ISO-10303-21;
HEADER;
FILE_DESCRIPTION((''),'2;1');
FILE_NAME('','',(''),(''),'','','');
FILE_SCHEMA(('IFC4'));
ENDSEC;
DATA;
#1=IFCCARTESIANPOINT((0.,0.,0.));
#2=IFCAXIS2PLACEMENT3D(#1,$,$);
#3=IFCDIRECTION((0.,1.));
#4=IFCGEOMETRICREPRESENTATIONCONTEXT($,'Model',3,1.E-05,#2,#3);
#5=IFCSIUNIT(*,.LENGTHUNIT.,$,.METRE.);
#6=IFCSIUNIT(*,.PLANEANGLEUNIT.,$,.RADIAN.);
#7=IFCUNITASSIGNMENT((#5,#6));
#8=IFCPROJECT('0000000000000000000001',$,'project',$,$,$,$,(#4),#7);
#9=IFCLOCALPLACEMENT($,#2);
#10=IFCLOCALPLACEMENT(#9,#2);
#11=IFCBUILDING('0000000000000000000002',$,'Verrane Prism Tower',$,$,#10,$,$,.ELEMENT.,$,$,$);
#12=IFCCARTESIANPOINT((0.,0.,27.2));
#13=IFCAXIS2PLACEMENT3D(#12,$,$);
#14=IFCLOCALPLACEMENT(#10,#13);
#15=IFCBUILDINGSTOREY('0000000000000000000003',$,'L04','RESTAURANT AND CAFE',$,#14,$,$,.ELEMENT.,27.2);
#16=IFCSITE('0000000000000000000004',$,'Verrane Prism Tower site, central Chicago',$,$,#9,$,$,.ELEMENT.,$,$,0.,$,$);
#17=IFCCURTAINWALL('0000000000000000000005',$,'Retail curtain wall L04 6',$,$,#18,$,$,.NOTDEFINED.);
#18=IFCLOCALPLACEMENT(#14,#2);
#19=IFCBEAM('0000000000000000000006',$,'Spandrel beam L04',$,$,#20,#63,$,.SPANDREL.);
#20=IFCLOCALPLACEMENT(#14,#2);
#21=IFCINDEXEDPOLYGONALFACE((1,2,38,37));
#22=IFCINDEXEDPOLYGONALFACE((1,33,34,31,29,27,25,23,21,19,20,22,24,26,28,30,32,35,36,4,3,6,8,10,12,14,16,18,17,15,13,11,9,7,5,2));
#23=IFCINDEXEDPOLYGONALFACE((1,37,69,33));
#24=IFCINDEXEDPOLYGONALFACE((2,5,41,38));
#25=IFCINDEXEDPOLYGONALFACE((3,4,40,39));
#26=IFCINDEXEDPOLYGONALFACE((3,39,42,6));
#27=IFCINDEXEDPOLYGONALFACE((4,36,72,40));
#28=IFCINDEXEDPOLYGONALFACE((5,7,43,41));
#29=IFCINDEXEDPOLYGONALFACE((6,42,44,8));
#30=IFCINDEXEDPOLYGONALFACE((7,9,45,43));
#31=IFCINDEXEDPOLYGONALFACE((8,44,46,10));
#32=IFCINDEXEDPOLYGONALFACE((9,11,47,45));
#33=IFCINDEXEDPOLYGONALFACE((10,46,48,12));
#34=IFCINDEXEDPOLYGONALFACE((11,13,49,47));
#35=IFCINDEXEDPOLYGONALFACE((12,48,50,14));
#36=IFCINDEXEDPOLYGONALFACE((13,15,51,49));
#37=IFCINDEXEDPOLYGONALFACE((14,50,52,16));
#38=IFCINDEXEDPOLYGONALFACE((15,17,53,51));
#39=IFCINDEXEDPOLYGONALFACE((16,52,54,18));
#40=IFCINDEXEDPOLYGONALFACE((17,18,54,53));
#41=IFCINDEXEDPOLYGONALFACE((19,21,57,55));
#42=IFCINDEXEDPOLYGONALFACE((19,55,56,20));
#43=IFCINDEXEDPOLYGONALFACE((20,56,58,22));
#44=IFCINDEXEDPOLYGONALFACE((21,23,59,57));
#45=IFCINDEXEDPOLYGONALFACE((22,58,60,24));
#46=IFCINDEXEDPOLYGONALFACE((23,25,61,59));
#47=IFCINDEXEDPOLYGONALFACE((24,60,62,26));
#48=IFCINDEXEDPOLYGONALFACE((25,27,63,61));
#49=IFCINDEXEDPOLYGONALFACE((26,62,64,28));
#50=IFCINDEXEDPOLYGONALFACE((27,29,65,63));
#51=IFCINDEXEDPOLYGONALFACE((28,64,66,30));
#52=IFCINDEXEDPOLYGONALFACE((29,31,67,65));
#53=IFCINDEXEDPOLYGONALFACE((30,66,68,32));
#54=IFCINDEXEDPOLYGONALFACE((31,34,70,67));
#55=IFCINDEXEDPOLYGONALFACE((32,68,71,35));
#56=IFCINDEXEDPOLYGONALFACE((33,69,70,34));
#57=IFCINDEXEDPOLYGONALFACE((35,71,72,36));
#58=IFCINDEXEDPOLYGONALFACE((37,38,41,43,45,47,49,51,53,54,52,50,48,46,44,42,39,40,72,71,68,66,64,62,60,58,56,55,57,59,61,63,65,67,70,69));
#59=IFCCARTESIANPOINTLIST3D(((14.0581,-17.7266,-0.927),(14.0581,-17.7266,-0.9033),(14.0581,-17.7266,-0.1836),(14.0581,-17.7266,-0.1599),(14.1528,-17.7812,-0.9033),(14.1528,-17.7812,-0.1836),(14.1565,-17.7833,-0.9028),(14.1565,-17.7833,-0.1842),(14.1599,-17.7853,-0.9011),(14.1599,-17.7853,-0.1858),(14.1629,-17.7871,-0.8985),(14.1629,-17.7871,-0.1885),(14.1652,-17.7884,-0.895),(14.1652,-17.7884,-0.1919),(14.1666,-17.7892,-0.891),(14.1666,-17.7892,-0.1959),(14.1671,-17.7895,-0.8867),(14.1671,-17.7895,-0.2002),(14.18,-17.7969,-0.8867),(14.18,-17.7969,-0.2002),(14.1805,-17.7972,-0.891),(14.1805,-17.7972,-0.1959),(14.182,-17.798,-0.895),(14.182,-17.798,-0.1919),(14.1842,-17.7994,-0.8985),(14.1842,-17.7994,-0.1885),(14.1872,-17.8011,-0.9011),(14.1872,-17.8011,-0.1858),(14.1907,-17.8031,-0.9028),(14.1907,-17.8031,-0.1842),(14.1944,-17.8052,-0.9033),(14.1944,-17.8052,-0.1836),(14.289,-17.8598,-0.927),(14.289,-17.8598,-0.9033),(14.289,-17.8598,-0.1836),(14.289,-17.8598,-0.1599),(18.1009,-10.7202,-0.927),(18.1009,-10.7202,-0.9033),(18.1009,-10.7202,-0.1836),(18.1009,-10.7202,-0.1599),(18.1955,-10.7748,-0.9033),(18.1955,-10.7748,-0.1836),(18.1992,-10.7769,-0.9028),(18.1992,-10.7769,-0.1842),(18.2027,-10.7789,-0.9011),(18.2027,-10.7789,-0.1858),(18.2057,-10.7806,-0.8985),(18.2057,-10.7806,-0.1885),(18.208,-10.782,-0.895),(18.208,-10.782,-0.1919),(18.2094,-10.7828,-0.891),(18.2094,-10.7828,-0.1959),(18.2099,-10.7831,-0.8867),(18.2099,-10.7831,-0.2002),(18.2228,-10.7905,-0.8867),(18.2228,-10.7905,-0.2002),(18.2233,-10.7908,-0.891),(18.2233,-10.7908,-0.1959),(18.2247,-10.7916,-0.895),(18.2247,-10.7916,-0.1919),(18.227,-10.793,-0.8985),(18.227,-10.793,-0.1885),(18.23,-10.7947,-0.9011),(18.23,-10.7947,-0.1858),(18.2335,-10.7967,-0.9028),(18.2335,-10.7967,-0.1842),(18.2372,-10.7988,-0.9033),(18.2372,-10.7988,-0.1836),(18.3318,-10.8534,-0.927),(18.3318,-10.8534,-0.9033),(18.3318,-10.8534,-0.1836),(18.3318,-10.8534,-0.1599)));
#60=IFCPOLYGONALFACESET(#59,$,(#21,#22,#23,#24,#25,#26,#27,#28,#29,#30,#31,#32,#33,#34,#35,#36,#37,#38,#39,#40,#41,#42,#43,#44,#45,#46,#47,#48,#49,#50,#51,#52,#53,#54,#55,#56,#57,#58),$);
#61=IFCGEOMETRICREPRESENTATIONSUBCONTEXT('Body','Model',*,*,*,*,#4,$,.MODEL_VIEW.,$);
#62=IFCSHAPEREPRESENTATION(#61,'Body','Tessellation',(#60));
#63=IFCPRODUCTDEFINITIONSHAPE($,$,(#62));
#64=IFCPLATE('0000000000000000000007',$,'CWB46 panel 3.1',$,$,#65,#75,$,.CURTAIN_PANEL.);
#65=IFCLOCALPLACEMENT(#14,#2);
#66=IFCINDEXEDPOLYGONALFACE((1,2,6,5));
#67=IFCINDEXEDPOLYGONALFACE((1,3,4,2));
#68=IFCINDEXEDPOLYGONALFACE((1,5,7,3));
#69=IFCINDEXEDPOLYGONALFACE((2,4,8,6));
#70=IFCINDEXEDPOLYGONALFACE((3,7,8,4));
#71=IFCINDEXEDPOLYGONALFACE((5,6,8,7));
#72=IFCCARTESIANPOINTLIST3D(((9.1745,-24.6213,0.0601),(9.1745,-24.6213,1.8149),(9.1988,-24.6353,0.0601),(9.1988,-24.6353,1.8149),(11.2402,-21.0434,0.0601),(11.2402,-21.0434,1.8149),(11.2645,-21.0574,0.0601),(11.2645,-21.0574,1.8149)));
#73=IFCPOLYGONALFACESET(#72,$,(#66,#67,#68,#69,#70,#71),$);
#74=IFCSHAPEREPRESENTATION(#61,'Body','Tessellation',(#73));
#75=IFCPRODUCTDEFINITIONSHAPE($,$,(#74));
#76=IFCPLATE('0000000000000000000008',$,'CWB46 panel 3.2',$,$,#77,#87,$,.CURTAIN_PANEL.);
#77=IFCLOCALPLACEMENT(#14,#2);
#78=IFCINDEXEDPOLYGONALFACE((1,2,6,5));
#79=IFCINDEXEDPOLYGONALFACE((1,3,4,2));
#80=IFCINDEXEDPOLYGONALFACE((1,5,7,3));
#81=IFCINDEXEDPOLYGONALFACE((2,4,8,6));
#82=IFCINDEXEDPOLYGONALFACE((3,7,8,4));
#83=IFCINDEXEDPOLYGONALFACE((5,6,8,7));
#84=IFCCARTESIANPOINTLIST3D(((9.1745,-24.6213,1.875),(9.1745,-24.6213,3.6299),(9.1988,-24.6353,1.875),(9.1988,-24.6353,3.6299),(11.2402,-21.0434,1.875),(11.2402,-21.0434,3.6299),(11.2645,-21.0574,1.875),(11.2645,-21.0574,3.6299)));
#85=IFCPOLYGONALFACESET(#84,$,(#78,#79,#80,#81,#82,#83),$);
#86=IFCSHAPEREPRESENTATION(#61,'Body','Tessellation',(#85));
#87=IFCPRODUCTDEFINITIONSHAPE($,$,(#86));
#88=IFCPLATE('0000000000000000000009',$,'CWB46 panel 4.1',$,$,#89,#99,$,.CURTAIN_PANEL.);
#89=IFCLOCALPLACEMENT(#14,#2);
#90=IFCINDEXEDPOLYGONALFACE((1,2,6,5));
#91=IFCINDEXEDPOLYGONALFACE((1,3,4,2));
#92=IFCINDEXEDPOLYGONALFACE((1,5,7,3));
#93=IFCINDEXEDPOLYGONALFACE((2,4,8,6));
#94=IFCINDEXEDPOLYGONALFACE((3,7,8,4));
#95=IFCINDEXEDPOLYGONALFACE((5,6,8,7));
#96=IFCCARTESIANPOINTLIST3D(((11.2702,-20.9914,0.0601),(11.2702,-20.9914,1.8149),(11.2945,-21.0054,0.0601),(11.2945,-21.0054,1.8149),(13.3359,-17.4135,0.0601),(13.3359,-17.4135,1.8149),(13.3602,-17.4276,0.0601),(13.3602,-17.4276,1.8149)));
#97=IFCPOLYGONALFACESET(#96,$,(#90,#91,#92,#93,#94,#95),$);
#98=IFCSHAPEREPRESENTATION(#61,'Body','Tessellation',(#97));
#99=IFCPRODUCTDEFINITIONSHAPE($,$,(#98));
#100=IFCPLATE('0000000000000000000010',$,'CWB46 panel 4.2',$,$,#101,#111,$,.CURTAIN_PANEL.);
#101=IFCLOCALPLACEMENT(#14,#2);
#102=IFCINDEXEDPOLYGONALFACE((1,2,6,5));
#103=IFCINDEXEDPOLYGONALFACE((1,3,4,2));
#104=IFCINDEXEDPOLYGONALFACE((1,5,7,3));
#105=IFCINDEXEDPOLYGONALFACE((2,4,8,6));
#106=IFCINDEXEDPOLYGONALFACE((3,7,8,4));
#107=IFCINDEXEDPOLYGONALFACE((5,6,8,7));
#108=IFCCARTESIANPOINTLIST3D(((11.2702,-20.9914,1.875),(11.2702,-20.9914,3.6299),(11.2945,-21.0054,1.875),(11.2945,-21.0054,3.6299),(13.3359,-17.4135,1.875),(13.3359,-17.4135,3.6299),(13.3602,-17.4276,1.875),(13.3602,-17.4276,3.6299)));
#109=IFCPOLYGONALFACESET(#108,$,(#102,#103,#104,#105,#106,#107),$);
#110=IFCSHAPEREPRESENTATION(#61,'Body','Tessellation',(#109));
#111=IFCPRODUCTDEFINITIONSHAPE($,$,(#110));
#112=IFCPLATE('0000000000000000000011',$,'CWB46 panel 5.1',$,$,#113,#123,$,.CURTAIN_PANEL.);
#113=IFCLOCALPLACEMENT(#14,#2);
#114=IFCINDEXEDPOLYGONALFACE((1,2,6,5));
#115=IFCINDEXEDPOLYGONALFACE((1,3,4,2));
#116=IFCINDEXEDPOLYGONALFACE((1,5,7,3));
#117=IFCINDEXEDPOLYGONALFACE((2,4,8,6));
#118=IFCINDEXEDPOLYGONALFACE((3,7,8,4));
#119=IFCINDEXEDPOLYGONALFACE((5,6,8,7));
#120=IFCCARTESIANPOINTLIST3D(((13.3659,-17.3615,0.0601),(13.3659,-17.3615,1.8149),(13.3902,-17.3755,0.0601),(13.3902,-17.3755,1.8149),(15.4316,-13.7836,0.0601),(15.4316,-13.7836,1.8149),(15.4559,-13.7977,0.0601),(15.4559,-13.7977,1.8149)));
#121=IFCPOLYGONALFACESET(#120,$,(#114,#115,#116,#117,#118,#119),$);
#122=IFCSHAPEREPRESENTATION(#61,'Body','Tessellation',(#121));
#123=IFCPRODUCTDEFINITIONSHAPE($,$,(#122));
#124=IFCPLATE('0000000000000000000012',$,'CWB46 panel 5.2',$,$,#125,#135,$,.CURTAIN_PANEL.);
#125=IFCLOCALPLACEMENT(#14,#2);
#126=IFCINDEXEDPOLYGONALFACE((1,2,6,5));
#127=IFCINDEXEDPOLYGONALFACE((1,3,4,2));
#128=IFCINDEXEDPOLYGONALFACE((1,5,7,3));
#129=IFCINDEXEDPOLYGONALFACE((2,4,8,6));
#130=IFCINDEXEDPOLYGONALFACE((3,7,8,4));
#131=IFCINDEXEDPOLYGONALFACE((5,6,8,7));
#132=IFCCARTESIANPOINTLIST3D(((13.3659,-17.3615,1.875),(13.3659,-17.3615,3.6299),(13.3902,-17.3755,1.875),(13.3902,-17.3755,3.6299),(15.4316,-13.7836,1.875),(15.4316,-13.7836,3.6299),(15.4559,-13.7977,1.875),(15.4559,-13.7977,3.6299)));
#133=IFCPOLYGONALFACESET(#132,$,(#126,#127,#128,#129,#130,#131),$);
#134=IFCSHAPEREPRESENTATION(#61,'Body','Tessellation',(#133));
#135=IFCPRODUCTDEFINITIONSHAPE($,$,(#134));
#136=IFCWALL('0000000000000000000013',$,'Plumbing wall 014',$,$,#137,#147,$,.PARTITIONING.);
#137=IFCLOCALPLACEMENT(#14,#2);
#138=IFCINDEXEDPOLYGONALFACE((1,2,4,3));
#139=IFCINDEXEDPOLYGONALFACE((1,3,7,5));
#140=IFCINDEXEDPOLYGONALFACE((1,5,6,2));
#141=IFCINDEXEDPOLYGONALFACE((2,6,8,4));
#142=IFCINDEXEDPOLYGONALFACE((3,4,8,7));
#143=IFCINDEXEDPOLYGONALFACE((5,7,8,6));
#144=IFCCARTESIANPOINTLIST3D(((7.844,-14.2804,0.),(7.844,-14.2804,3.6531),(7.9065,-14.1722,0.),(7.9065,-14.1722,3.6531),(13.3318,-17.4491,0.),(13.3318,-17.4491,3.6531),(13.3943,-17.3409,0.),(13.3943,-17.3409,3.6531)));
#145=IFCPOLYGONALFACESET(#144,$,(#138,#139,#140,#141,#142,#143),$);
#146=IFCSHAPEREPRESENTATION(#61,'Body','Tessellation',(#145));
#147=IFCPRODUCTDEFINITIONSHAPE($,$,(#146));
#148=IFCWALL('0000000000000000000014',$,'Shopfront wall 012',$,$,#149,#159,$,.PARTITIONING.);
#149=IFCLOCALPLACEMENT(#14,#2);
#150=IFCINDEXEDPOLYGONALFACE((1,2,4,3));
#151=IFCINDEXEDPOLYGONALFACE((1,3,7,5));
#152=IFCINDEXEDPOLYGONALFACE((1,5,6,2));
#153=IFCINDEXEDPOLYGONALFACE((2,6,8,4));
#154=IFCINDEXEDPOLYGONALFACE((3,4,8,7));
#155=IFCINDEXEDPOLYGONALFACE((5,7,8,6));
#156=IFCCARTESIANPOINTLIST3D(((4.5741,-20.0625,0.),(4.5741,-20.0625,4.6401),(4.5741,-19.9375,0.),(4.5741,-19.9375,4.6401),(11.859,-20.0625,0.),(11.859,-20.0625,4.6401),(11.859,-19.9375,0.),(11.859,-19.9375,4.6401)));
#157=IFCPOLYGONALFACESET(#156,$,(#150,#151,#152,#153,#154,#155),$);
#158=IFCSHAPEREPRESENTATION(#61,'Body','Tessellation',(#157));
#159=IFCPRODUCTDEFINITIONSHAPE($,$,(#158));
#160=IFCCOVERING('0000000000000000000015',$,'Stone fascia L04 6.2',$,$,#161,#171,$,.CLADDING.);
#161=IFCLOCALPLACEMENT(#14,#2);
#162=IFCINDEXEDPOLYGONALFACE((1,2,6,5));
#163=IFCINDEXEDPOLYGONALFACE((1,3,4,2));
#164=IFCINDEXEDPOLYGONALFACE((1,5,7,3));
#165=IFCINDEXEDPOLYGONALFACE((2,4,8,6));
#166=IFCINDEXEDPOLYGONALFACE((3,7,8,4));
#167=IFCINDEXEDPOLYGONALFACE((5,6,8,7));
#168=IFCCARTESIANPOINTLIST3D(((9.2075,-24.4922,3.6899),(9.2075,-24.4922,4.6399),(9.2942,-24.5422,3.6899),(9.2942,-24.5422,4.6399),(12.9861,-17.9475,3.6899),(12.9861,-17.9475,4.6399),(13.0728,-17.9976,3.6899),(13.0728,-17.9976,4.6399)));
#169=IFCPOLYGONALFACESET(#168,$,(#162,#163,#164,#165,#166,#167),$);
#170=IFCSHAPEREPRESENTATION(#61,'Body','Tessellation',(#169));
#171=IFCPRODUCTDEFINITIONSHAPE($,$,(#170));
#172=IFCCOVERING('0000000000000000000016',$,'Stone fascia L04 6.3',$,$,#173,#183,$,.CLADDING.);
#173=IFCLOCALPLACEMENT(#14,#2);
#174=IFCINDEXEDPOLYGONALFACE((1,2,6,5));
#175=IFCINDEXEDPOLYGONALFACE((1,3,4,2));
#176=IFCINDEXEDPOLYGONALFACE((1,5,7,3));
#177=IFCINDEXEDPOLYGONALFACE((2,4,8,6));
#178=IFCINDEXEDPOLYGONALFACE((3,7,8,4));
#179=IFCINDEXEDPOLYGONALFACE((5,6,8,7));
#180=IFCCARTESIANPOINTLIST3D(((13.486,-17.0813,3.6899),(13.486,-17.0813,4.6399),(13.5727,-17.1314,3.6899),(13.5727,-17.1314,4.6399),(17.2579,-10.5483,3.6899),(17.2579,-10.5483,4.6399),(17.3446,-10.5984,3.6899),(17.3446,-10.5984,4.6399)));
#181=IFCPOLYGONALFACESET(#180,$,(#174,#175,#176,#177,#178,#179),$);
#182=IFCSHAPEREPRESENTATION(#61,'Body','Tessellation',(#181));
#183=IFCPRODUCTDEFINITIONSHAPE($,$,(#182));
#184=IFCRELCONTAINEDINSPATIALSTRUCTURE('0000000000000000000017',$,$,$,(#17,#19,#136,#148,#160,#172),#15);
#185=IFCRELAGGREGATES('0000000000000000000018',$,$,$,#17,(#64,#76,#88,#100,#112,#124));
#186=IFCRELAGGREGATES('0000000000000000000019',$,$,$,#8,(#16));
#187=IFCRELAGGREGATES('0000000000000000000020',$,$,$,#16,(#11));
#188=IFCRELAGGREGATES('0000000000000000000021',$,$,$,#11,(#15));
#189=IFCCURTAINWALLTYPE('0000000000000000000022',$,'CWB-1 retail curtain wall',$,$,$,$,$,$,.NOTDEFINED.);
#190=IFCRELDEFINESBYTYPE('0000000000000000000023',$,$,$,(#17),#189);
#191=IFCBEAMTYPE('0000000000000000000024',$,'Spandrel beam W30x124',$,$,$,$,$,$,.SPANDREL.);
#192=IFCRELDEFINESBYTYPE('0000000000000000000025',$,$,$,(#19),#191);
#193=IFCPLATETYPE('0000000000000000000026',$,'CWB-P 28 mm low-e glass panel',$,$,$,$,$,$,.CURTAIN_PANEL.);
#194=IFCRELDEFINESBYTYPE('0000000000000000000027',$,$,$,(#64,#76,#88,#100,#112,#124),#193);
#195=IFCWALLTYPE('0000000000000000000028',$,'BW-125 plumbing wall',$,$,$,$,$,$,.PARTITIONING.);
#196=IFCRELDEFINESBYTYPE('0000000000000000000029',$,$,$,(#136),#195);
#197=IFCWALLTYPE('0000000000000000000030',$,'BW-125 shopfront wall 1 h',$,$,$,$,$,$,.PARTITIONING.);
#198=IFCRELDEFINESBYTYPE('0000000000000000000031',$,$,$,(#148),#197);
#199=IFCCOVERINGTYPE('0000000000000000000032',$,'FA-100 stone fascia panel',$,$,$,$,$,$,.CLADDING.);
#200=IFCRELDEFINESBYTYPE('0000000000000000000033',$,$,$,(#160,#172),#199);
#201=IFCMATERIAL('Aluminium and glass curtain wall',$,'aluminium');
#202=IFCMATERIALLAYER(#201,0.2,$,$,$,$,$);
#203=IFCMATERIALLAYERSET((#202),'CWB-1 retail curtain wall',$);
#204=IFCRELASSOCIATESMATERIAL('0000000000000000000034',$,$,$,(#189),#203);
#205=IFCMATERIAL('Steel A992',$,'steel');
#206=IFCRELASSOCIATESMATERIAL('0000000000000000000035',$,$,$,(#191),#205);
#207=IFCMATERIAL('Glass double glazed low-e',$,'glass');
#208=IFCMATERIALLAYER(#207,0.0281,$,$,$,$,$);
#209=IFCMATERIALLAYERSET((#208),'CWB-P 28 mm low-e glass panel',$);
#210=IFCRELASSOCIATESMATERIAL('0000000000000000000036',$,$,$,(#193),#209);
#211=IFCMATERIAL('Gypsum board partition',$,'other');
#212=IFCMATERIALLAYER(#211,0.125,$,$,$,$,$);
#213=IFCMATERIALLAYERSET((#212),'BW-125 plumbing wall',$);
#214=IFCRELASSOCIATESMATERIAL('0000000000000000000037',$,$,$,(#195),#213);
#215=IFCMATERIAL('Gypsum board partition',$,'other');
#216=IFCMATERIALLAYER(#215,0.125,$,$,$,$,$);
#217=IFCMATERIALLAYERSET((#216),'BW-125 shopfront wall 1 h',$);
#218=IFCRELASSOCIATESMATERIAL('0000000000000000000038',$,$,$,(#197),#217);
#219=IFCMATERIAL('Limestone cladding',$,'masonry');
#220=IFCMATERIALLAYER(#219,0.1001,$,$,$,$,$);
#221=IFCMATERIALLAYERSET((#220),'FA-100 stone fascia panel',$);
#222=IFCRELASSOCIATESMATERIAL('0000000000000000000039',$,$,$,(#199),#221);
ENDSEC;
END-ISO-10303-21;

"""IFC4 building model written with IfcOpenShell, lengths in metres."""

from ifc_helpers import new_model, si_unit, direction, frame, frame_2d, origin, origin_2d, place, context, subcontext, project, spatial, rectangle, i_section, extrude, material, layer, layer_set, material_profile, profile_set, type_object, element, aggregate, save


model = new_model("IFC4")

# Units and contexts
model_context = context("Model", 3, precision=1e-05, world=origin(), true_north=direction((0.0, 1.0)))
body_context = subcontext(model_context, "Body", "Model", "MODEL_VIEW")
ifc_project = project(units=[si_unit("LENGTHUNIT", "METRE"), si_unit("PLANEANGLEUNIT", "RADIAN")], contexts=[model_context])

# Site, building, storey
site_placement = place(None, origin())
site = spatial("IfcSite", under=ifc_project, at=site_placement, Name="Verrane Prism Tower site, central Chicago", CompositionType="ELEMENT", RefElevation=0.0)
building_placement = place(site_placement, origin())
building = spatial("IfcBuilding", under=site, at=building_placement, Name="Verrane Prism Tower", CompositionType="ELEMENT")
storey_placement = place(building_placement, frame((0.0, 0.0, 27.2)))
storey = spatial("IfcBuildingStorey", under=building, at=storey_placement, Name="L04", Description="RESTAURANT AND CAFE", CompositionType="ELEMENT", Elevation=27.2)

# Curtain wall
ifc_material_1 = material(Name="Aluminium and glass curtain wall", Category="aluminium")
ifc_layer_1 = layer(ifc_material_1, 0.2)
ifc_layer_set_1 = layer_set([ifc_layer_1], Name="CWB-1 retail curtain wall")
curtain_wall_type = type_object("IfcCurtainWallType", Name="CWB-1 retail curtain wall", PredefinedType="NOTDEFINED", material=ifc_layer_set_1)
curtain_wall_placement = place(storey_placement, origin())
curtain_wall = element("IfcCurtainWall", 1, at=curtain_wall_placement, inside=storey, type_object=curtain_wall_type, Name="Retail curtain wall L04 6", PredefinedType="NOTDEFINED")

# Beam
ifc_material_2 = material(Name="Steel A992", Category="steel")
ifc_material_profile_1 = material_profile(ifc_material_2, i_section(OverallWidth=0.2666, OverallDepth=0.7671, WebThickness=0.0149, FlangeThickness=0.0237, FilletRadius=0.0166, at=origin_2d()), Name="W30x124")
ifc_profile_set_1 = profile_set([ifc_material_profile_1], Name="Steel A992")
beam_type_1 = type_object("IfcBeamType", Name="Spandrel beam W30x124", PredefinedType="SPANDREL", material=ifc_profile_set_1)
beam_1_placement = place(storey_placement, frame((14.1736, -17.7932, -0.5435), z_axis=(0.499778, 0.866153, 0.0), x_axis=(-0.866153, 0.499778, 0.0)))
element("IfcBeam", 2, at=beam_1_placement, inside=storey, type_object=beam_type_1, Name="Spandrel beam L04", PredefinedType="SPANDREL", context=body_context, shape_type="SweptSolid", body=[
    extrude(i_section(OverallWidth=0.2666, OverallDepth=0.7671, WebThickness=0.0149, FlangeThickness=0.0237, FilletRadius=0.0166, at=origin_2d()), origin(), (0.0, 0.0, 1.0), 8.0891),
])

# Plates
ifc_material_3 = material(Name="Glass double glazed low-e", Category="glass")
ifc_layer_2 = layer(ifc_material_3, 0.0281)
ifc_layer_set_2 = layer_set([ifc_layer_2], Name="CWB-P 28 mm low-e glass panel")
plate_type = type_object("IfcPlateType", Name="CWB-P 28 mm low-e glass panel", PredefinedType="CURTAIN_PANEL", material=ifc_layer_set_2)
plate_1_placement = place(storey_placement, frame((10.2195, -22.8394, 0.0601), z_axis=(0.0, 0.0, 1.0), x_axis=(0.5, 0.866025, 0.0)))
plate_1 = element("IfcPlate", 3, at=plate_1_placement, type_object=plate_type, Name="CWB46 panel 3.1", PredefinedType="CURTAIN_PANEL", context=body_context, shape_type="SweptSolid", body=[
    extrude(rectangle(XDim=4.1313, YDim=0.0281, at=origin_2d()), origin(), (0.0, 0.0, 1.0), 1.7549),
])
plate_2_placement = place(storey_placement, frame((10.2195, -22.8394, 1.875), z_axis=(0.0, 0.0, 1.0), x_axis=(0.5, 0.866025, 0.0)))
plate_2 = element("IfcPlate", 4, at=plate_2_placement, type_object=plate_type, Name="CWB46 panel 3.2", PredefinedType="CURTAIN_PANEL", context=body_context, shape_type="SweptSolid", body=[
    extrude(rectangle(XDim=4.1313, YDim=0.0281, at=origin_2d()), origin(), (0.0, 0.0, 1.0), 1.7549),
])
plate_3_placement = place(storey_placement, frame((12.3152, -19.2095, 0.0601), z_axis=(0.0, 0.0, 1.0), x_axis=(0.5, 0.866025, 0.0)))
plate_3 = element("IfcPlate", 5, at=plate_3_placement, type_object=plate_type, Name="CWB46 panel 4.1", PredefinedType="CURTAIN_PANEL", context=body_context, shape_type="SweptSolid", body=[
    extrude(rectangle(XDim=4.1313, YDim=0.0281, at=origin_2d()), origin(), (0.0, 0.0, 1.0), 1.7549),
])
plate_4_placement = place(storey_placement, frame((12.3152, -19.2095, 1.875), z_axis=(0.0, 0.0, 1.0), x_axis=(0.5, 0.866025, 0.0)))
plate_4 = element("IfcPlate", 6, at=plate_4_placement, type_object=plate_type, Name="CWB46 panel 4.2", PredefinedType="CURTAIN_PANEL", context=body_context, shape_type="SweptSolid", body=[
    extrude(rectangle(XDim=4.1313, YDim=0.0281, at=origin_2d()), origin(), (0.0, 0.0, 1.0), 1.7549),
])
plate_5_placement = place(storey_placement, frame((14.4109, -15.5796, 0.0601), z_axis=(0.0, 0.0, 1.0), x_axis=(0.5, 0.866025, 0.0)))
plate_5 = element("IfcPlate", 7, at=plate_5_placement, type_object=plate_type, Name="CWB46 panel 5.1", PredefinedType="CURTAIN_PANEL", context=body_context, shape_type="SweptSolid", body=[
    extrude(rectangle(XDim=4.1313, YDim=0.0281, at=origin_2d()), origin(), (0.0, 0.0, 1.0), 1.7549),
])
plate_6_placement = place(storey_placement, frame((14.4109, -15.5796, 1.875), z_axis=(0.0, 0.0, 1.0), x_axis=(0.5, 0.866025, 0.0)))
plate_6 = element("IfcPlate", 8, at=plate_6_placement, type_object=plate_type, Name="CWB46 panel 5.2", PredefinedType="CURTAIN_PANEL", context=body_context, shape_type="SweptSolid", body=[
    extrude(rectangle(XDim=4.1313, YDim=0.0281, at=origin_2d()), origin(), (0.0, 0.0, 1.0), 1.7549),
])
aggregate(curtain_wall, [plate_1, plate_2, plate_3, plate_4, plate_5, plate_6])

# Walls
ifc_material_4 = material(Name="Gypsum board partition", Category="other")
ifc_layer_3 = layer(ifc_material_4, 0.125)
ifc_layer_set_3 = layer_set([ifc_layer_3], Name="BW-125 plumbing wall")
wall_type_1 = type_object("IfcWallType", Name="BW-125 plumbing wall", PredefinedType="PARTITIONING", material=ifc_layer_set_3)
wall_1_placement = place(storey_placement, frame((7.8752, -14.2263, 0.0), z_axis=(0.0, 0.0, 1.0), x_axis=(0.866003, -0.500038, 0.0)))
element("IfcWall", 9, at=wall_1_placement, inside=storey, type_object=wall_type_1, Name="Plumbing wall 014", PredefinedType="PARTITIONING", context=body_context, shape_type="SweptSolid", body=[
    extrude(rectangle(XDim=6.3369, YDim=0.125, at=frame_2d((3.1685, 0.0))), origin(), (0.0, 0.0, 1.0), 3.6531),
])
ifc_material_5 = material(Name="Gypsum board partition", Category="other")
ifc_layer_4 = layer(ifc_material_5, 0.125)
ifc_layer_set_4 = layer_set([ifc_layer_4], Name="BW-125 shopfront wall 1 h")
wall_type_2 = type_object("IfcWallType", Name="BW-125 shopfront wall 1 h", PredefinedType="PARTITIONING", material=ifc_layer_set_4)
wall_2_placement = place(storey_placement, frame((4.574, -20.0, 0.0), z_axis=(0.0, 0.0, 1.0), x_axis=(1.0, 0.0, 0.0)))
element("IfcWall", 10, at=wall_2_placement, inside=storey, type_object=wall_type_2, Name="Shopfront wall 012", PredefinedType="PARTITIONING", context=body_context, shape_type="SweptSolid", body=[
    extrude(rectangle(XDim=7.2849, YDim=0.125, at=frame_2d((3.6426, 0.0))), origin(), (0.0, 0.0, 1.0), 4.6401),
])

# Coverings
ifc_material_6 = material(Name="Limestone cladding", Category="masonry")
ifc_layer_5 = layer(ifc_material_6, 0.1001)
ifc_layer_set_5 = layer_set([ifc_layer_5], Name="FA-100 stone fascia panel")
covering_type = type_object("IfcCoveringType", Name="FA-100 stone fascia panel", PredefinedType="CLADDING", material=ifc_layer_set_5)
covering_1_placement = place(storey_placement, frame((11.1401, -21.2449, 3.6899), z_axis=(0.0, 0.0, 1.0), x_axis=(0.5, 0.866025, 0.0)))
element("IfcCovering", 11, at=covering_1_placement, inside=storey, type_object=covering_type, Name="Stone fascia L04 6.2", PredefinedType="CLADDING", context=body_context, shape_type="SweptSolid", body=[
    extrude(rectangle(XDim=7.5571, YDim=0.1001, at=origin_2d()), origin(), (0.0, 0.0, 1.0), 0.95),
])
covering_2_placement = place(storey_placement, frame((15.4153, -13.8398, 3.6899), z_axis=(0.0, 0.0, 1.0), x_axis=(0.5, 0.866025, 0.0)))
element("IfcCovering", 12, at=covering_2_placement, inside=storey, type_object=covering_type, Name="Stone fascia L04 6.3", PredefinedType="CLADDING", context=body_context, shape_type="SweptSolid", body=[
    extrude(rectangle(XDim=7.5437, YDim=0.1001, at=origin_2d()), origin(), (0.0, 0.0, 1.0), 0.95),
])

save(model, "model.ifc")
